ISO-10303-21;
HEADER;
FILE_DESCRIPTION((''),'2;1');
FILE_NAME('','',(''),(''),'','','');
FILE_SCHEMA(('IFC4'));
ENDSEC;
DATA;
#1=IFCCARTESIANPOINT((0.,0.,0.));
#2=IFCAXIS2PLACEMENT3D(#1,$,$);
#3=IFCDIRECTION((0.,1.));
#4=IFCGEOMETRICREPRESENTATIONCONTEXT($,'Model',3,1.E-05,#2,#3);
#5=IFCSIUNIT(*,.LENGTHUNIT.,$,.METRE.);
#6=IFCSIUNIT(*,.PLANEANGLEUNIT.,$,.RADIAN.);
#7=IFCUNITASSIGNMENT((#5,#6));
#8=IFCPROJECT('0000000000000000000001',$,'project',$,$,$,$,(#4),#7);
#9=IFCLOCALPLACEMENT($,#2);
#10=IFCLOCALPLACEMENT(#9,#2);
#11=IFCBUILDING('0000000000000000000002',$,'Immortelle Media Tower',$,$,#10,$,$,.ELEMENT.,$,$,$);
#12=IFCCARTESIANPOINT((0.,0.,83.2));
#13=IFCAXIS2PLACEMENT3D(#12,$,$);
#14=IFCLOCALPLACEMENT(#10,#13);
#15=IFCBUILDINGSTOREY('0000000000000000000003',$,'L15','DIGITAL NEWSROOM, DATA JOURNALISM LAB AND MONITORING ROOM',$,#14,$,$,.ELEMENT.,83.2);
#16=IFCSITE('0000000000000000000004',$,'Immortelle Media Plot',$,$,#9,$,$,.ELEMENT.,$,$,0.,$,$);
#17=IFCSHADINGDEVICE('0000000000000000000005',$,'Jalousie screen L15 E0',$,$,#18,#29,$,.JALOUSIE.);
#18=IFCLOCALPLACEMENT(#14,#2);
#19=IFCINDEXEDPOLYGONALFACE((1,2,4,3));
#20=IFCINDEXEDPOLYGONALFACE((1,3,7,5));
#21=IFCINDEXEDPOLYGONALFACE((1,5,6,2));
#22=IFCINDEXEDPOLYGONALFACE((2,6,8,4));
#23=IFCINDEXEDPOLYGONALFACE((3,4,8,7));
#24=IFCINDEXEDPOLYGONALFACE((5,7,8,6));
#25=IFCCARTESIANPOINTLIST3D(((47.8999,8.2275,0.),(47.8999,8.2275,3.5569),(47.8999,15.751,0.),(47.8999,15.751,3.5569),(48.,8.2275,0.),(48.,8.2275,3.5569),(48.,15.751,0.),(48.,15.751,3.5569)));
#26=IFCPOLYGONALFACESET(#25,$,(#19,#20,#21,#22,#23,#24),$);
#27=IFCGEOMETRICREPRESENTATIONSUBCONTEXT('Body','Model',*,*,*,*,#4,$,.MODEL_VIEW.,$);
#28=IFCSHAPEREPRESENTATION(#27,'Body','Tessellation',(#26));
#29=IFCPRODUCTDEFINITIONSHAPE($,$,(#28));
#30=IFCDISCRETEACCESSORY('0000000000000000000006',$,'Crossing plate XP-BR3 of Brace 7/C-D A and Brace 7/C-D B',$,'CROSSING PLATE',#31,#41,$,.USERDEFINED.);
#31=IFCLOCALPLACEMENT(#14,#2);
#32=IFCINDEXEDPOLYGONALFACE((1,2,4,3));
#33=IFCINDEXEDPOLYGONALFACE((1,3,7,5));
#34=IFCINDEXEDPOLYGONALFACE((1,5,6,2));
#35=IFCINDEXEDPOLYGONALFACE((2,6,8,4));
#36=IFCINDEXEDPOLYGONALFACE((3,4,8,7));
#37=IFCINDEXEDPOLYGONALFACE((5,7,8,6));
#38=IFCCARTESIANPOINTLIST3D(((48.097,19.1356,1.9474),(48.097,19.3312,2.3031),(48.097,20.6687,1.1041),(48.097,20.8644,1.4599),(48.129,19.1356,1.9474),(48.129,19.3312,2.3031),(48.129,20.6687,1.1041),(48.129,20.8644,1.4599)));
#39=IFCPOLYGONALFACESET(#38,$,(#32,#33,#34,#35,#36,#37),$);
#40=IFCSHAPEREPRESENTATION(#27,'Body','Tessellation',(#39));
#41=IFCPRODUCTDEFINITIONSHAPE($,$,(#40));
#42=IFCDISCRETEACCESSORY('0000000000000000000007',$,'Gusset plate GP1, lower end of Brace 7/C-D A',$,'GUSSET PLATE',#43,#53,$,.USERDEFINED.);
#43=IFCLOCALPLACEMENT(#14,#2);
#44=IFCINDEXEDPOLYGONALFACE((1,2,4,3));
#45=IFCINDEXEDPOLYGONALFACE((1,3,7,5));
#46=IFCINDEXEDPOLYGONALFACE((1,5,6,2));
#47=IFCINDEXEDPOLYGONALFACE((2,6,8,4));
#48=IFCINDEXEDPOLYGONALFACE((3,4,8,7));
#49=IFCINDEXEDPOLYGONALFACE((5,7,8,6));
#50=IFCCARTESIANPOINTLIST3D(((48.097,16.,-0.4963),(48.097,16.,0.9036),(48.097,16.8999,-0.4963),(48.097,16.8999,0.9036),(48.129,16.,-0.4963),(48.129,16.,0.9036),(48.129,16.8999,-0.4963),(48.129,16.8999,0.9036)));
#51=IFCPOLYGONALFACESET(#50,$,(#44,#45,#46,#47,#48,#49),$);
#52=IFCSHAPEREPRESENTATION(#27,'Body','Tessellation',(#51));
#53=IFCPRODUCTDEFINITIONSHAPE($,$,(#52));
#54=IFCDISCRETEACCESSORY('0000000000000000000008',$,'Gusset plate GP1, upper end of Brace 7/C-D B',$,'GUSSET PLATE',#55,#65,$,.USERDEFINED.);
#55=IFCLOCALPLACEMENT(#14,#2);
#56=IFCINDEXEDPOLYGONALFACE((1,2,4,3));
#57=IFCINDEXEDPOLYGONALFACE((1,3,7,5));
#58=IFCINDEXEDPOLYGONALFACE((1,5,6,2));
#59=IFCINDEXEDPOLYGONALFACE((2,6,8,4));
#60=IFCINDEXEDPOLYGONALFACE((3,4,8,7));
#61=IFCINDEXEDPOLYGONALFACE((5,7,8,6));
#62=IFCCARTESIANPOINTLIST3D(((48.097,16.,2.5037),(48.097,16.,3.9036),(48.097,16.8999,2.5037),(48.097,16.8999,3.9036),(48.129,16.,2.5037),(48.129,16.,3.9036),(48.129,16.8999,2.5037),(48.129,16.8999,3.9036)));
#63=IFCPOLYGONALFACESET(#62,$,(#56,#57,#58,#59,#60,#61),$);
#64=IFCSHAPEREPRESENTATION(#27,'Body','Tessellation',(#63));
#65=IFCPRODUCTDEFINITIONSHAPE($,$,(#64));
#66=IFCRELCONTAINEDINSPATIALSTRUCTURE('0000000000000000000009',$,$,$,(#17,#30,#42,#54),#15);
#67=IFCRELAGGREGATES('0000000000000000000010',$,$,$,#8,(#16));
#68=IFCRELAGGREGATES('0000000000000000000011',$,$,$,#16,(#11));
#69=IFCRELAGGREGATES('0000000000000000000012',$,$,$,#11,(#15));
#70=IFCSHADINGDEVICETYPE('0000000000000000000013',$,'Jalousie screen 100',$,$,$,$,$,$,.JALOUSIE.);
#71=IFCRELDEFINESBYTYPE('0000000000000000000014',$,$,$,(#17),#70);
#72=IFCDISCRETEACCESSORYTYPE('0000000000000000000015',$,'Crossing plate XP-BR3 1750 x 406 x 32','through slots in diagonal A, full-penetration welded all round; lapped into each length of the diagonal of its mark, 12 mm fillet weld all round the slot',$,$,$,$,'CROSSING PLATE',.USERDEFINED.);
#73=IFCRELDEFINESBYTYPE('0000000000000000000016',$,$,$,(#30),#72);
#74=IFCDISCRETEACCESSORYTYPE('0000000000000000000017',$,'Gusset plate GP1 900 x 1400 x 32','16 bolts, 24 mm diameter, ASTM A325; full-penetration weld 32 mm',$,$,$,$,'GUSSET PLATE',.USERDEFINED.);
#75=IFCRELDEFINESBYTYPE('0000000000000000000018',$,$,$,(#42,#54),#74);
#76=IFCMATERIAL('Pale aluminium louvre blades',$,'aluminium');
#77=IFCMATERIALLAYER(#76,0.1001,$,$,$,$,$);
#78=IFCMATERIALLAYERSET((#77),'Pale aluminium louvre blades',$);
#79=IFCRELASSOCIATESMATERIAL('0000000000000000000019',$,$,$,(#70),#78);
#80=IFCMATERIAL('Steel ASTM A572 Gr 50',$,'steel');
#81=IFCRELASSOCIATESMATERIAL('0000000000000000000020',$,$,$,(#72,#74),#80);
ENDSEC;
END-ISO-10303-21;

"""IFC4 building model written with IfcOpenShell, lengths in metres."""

from ifc_helpers import new_model, si_unit, direction, frame, origin, origin_2d, place, context, subcontext, project, spatial, rectangle, extrude, material, layer, layer_set, material_profile, profile_set, type_object, element, save


model = new_model("IFC4")

# Units and contexts
model_context = context("Model", 3, precision=1e-05, world=origin(), true_north=direction((0.0, 1.0)))
body_context = subcontext(model_context, "Body", "Model", "MODEL_VIEW")
ifc_project = project(units=[si_unit("LENGTHUNIT", "METRE"), si_unit("PLANEANGLEUNIT", "RADIAN")], contexts=[model_context])

# Site, building, storey
site_placement = place(None, origin())
site = spatial("IfcSite", under=ifc_project, at=site_placement, Name="Immortelle Media Plot", CompositionType="ELEMENT", RefElevation=0.0)
building_placement = place(site_placement, origin())
building = spatial("IfcBuilding", under=site, at=building_placement, Name="Immortelle Media Tower", CompositionType="ELEMENT")
storey_placement = place(building_placement, frame((0.0, 0.0, 83.2)))
storey = spatial("IfcBuildingStorey", under=building, at=storey_placement, Name="L15", Description="DIGITAL NEWSROOM, DATA JOURNALISM LAB AND MONITORING ROOM", CompositionType="ELEMENT", Elevation=83.2)

# Shading device
ifc_material_1 = material(Name="Pale aluminium louvre blades", Category="aluminium")
ifc_layer_1 = layer(ifc_material_1, 0.1001)
ifc_layer_set_1 = layer_set([ifc_layer_1], Name="Pale aluminium louvre blades")
shading_device_type = type_object("IfcShadingDeviceType", Name="Jalousie screen 100", PredefinedType="JALOUSIE", material=ifc_layer_set_1)
shading_device_placement = place(storey_placement, frame((47.95, 11.9893, 0.0), z_axis=(0.0, 0.0, 1.0), x_axis=(0.0, 1.0, 0.0)))
element("IfcShadingDevice", 1, at=shading_device_placement, inside=storey, type_object=shading_device_type, Name="Jalousie screen L15 E0", PredefinedType="JALOUSIE", context=body_context, shape_type="SweptSolid", body=[
    extrude(rectangle(XDim=7.5234, YDim=0.1001, at=origin_2d()), origin(), (0.0, 0.0, 1.0), 3.5569),
])

# Discrete accessories
ifc_material_2 = material(Name="Steel ASTM A572 Gr 50", Category="steel")
ifc_material_profile_1 = material_profile(ifc_material_2, rectangle(XDim=0.032, YDim=0.406, at=origin_2d()), Name="PL 32 x 406")
ifc_profile_set_1 = profile_set([ifc_material_profile_1], Name="Steel ASTM A572 Gr 50")
discrete_accessory_type_1 = type_object("IfcDiscreteAccessoryType", Name="Crossing plate XP-BR3 1750 x 406 x 32", Description="through slots in diagonal A, full-penetration welded all round; lapped into each length of the diagonal of its mark, 12 mm fillet weld all round the slot", ElementType="CROSSING PLATE", PredefinedType="USERDEFINED", material=ifc_profile_set_1)
discrete_accessory_placement = place(storey_placement, frame((48.113, 19.2334, 2.1252), z_axis=(0.0, 0.876216, -0.481919), x_axis=(-1.0, 0.0, 0.0)))
element("IfcDiscreteAccessory", 2, at=discrete_accessory_placement, inside=storey, type_object=discrete_accessory_type_1, Name="Crossing plate XP-BR3 of Brace 7/C-D A and Brace 7/C-D B", ObjectType="CROSSING PLATE", PredefinedType="USERDEFINED", context=body_context, shape_type="SweptSolid", body=[
    extrude(rectangle(XDim=0.032, YDim=0.406, at=origin_2d()), origin(), (0.0, 0.0, 1.0), 1.7498),
])
ifc_material_profile_2 = material_profile(ifc_material_2, rectangle(XDim=0.032, YDim=1.3999, at=origin_2d()), Name="PL 32 x 1400")
ifc_profile_set_2 = profile_set([ifc_material_profile_2], Name="Steel ASTM A572 Gr 50")
discrete_accessory_type_2 = type_object("IfcDiscreteAccessoryType", Name="Gusset plate GP1 900 x 1400 x 32", Description="16 bolts, 24 mm diameter, ASTM A325; full-penetration weld 32 mm", ElementType="GUSSET PLATE", PredefinedType="USERDEFINED", material=ifc_profile_set_2)
for number, where, z_axis, x_axis, name in (
    (3, (48.113, 16.0, 0.2036), (0.0, 1.0, 0.0), (-1.0, 0.0, 0.0), "Gusset plate GP1, lower end of Brace 7/C-D A"),
    (4, (48.113, 16.0, 3.2036), (0.0, 1.0, 0.0), (-1.0, 0.0, 0.0), "Gusset plate GP1, upper end of Brace 7/C-D B"),
):
    element("IfcDiscreteAccessory", number, at=place(storey_placement, frame(where, z_axis=z_axis, x_axis=x_axis)), inside=storey, type_object=discrete_accessory_type_2, Name=name, ObjectType="GUSSET PLATE", PredefinedType="USERDEFINED", context=body_context, shape_type="SweptSolid", body=[
        extrude(rectangle(XDim=0.032, YDim=1.3999, at=origin_2d()), origin(), (0.0, 0.0, 1.0), 0.8999),
    ])

save(model, "model.ifc")
